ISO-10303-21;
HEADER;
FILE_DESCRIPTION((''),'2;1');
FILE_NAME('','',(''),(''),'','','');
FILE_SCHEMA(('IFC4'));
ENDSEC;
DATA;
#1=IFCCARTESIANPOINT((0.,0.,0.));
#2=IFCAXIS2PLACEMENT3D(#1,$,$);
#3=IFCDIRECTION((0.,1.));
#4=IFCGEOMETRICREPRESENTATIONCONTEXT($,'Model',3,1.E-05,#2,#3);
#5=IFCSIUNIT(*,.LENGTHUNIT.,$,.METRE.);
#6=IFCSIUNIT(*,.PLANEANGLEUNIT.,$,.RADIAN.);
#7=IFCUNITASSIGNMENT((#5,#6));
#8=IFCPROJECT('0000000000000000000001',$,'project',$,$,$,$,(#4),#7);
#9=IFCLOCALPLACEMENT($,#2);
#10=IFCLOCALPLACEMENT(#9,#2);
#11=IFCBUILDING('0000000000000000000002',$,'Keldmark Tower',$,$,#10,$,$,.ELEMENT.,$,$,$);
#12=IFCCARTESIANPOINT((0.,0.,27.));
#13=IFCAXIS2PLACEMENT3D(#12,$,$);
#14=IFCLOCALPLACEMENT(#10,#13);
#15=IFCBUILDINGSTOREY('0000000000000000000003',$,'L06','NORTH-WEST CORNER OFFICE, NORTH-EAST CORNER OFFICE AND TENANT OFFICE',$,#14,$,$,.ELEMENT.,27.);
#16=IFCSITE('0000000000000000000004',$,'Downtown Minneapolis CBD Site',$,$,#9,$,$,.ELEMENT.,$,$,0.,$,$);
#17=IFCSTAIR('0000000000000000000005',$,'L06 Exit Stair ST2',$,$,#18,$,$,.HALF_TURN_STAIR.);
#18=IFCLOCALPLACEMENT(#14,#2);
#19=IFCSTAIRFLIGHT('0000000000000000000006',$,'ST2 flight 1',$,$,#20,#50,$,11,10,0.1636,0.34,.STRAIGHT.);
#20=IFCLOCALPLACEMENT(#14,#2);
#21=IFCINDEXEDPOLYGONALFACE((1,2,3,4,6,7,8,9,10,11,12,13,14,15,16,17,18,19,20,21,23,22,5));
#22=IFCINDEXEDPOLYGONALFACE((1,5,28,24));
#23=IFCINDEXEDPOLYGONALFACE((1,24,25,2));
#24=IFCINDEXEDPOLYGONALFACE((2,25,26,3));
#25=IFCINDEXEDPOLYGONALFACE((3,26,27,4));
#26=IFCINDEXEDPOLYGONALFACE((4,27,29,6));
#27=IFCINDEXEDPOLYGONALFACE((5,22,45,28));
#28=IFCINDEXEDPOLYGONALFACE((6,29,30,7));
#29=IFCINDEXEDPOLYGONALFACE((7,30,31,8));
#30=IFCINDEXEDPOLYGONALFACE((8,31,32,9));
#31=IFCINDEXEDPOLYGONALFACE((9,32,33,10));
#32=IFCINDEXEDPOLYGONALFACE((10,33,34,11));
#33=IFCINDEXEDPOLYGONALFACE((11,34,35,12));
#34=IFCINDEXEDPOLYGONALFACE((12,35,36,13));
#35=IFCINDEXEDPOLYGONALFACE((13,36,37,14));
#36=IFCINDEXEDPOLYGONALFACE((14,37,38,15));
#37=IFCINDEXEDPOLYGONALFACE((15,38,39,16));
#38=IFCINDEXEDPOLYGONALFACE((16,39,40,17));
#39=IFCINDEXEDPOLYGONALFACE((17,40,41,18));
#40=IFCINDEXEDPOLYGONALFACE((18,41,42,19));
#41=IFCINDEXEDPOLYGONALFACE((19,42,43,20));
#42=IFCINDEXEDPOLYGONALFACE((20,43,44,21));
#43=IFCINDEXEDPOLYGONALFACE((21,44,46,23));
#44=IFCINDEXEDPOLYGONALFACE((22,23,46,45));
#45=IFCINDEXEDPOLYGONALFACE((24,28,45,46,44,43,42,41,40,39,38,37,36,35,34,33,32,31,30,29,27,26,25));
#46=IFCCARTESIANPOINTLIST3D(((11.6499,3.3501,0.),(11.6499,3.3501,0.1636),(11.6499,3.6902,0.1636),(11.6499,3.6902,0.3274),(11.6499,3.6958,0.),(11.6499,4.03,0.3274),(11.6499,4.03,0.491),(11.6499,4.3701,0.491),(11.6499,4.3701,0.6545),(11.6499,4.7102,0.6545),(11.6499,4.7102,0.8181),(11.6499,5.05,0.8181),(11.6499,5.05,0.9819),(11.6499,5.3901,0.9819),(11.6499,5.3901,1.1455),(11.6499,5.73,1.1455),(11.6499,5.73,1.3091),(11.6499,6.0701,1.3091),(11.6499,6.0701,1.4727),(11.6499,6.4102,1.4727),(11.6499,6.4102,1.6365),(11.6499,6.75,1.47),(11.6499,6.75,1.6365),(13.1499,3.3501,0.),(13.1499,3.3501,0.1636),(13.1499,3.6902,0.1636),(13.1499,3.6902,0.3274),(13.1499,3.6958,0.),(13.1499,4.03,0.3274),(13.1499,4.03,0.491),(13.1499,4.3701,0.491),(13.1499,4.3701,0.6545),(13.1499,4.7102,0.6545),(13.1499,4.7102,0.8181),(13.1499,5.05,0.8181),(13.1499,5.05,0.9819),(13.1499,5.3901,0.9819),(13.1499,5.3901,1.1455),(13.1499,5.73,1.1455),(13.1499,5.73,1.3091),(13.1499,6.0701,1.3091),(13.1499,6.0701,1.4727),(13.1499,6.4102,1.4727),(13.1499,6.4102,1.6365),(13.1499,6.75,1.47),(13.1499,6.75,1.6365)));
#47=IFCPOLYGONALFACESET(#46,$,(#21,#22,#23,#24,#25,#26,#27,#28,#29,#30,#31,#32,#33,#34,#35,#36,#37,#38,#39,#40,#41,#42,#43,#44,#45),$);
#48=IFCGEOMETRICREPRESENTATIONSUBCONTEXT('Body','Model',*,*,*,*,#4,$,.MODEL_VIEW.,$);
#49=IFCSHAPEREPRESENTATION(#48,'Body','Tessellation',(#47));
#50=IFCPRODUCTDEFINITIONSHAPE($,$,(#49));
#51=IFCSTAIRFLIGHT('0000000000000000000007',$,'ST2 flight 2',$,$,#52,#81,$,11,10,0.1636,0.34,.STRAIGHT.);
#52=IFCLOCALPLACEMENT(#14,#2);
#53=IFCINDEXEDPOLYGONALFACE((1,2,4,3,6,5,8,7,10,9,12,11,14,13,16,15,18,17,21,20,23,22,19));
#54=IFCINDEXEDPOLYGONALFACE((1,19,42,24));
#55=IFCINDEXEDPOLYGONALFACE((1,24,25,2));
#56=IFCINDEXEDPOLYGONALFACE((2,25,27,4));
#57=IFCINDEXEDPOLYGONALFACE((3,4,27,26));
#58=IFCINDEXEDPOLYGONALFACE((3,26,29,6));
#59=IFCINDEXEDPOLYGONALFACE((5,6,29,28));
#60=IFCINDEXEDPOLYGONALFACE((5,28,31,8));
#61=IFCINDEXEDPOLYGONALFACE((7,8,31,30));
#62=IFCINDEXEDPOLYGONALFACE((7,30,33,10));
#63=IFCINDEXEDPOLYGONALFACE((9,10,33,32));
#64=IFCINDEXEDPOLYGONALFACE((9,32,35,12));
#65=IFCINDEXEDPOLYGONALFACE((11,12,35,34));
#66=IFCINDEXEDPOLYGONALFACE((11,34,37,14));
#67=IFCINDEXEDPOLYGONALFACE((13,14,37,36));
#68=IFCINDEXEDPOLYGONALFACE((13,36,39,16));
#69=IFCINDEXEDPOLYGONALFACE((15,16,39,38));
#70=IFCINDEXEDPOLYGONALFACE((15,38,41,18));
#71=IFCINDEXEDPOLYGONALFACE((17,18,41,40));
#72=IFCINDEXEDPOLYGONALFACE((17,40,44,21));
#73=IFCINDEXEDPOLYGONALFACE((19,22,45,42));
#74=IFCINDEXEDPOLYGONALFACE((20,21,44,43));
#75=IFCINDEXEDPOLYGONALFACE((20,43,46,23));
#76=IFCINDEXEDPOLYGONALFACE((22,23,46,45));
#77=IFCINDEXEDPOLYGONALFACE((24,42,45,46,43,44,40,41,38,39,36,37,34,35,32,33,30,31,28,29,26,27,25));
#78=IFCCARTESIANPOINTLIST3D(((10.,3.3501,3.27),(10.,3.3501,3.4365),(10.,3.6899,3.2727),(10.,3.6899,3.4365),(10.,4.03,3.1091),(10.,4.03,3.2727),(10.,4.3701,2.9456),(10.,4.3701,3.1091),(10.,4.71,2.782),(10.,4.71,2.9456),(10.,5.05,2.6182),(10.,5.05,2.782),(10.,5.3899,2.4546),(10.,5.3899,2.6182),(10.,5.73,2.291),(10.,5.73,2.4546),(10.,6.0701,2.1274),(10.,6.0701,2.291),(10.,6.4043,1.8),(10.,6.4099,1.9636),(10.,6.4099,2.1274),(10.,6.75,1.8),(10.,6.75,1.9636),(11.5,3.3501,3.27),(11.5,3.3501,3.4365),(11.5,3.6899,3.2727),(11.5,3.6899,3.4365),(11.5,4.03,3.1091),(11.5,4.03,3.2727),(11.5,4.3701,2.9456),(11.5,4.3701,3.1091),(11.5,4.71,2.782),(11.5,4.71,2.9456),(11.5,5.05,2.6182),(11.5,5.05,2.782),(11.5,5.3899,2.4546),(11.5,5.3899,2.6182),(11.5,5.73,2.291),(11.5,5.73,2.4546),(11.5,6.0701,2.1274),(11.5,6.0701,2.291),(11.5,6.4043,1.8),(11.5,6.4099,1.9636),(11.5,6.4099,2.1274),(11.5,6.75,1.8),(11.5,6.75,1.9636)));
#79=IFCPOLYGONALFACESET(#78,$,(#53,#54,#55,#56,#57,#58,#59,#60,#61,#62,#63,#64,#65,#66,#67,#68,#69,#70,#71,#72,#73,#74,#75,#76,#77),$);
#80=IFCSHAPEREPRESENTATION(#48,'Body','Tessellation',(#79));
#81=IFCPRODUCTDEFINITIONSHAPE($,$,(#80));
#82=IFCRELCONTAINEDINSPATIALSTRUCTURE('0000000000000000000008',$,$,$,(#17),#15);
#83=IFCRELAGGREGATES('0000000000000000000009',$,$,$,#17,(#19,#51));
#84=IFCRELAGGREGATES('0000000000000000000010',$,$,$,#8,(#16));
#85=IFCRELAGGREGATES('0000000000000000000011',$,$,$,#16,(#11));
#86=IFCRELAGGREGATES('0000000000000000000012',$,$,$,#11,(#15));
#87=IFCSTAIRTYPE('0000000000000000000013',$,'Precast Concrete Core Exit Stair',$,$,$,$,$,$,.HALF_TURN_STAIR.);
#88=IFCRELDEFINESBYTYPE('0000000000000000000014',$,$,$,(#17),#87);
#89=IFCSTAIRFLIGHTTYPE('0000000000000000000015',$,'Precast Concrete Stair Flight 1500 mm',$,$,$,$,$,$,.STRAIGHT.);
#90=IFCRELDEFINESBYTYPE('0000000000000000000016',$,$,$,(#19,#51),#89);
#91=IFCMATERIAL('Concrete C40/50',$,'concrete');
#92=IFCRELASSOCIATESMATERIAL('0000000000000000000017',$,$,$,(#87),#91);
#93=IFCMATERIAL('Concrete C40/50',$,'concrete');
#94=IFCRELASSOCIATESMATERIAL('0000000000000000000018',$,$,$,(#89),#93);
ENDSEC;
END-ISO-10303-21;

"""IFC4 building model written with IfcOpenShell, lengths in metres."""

from ifc_helpers import new_model, si_unit, direction, frame, origin, place, context, subcontext, project, spatial, polyline, outline, extrude, material, type_object, element, aggregate, save


model = new_model("IFC4")

# Units and contexts
model_context = context("Model", 3, precision=1e-05, world=origin(), true_north=direction((0.0, 1.0)))
body_context = subcontext(model_context, "Body", "Model", "MODEL_VIEW")
ifc_project = project(units=[si_unit("LENGTHUNIT", "METRE"), si_unit("PLANEANGLEUNIT", "RADIAN")], contexts=[model_context])

# Site, building, storey
site_placement = place(None, origin())
site = spatial("IfcSite", under=ifc_project, at=site_placement, Name="Downtown Minneapolis CBD Site", CompositionType="ELEMENT", RefElevation=0.0)
building_placement = place(site_placement, origin())
building = spatial("IfcBuilding", under=site, at=building_placement, Name="Keldmark Tower", CompositionType="ELEMENT")
storey_placement = place(building_placement, frame((0.0, 0.0, 27.0)))
storey = spatial("IfcBuildingStorey", under=building, at=storey_placement, Name="L06", Description="NORTH-WEST CORNER OFFICE, NORTH-EAST CORNER OFFICE AND TENANT OFFICE", CompositionType="ELEMENT", Elevation=27.0)

# Stair, stair flights
ifc_material_1 = material(Name="Concrete C40/50", Category="concrete")
stair_type = type_object("IfcStairType", Name="Precast Concrete Core Exit Stair", PredefinedType="HALF_TURN_STAIR", material=ifc_material_1)
stair_placement = place(storey_placement, origin())
stair = element("IfcStair", 1, at=stair_placement, inside=storey, type_object=stair_type, Name="L06 Exit Stair ST2", PredefinedType="HALF_TURN_STAIR")
ifc_material_2 = material(Name="Concrete C40/50", Category="concrete")
stair_flight_type = type_object("IfcStairFlightType", Name="Precast Concrete Stair Flight 1500 mm", PredefinedType="STRAIGHT", material=ifc_material_2)
stair_flight_1_placement = place(storey_placement, frame((12.3999, 3.3501, 0.0), z_axis=(0.0, 0.0, 1.0), x_axis=(0.0, 1.0, 0.0)))
stair_flight_1 = element("IfcStairFlight", 2, at=stair_flight_1_placement, type_object=stair_flight_type, Name="ST2 flight 1", NumberOfRisers=11, NumberOfTreads=10, PredefinedType="STRAIGHT", RiserHeight=0.1636, TreadLength=0.34, context=body_context, shape_type="SweptSolid", body=[
    extrude(outline(polyline([(0.0, 0.0), (0.0, 0.1636), (0.3401, 0.1636), (0.3401, 0.3274), (0.6799, 0.3274), (0.6799, 0.491), (1.02, 0.491), (1.02, 0.6545), (1.3601, 0.6545), (1.3601, 0.8181), (1.7, 0.8181), (1.7, 0.9819), (2.04, 0.9819), (2.04, 1.1455), (2.3799, 1.1455), (2.3799, 1.3091), (2.72, 1.3091), (2.72, 1.4727), (3.0601, 1.4727), (3.0601, 1.6365), (3.3999, 1.6365), (3.3999, 1.8), (3.3999, 1.47), (0.3457, 0.0), (0.0, 0.0)])), frame((0.0, 0.75, 0.0), z_axis=(0.0, -1.0, 0.0), x_axis=(1.0, 0.0, 0.0)), (0.0, 0.0, 1.0), 1.5),
])
stair_flight_2_placement = place(storey_placement, frame((10.75, 6.75, 1.8), z_axis=(0.0, 0.0, 1.0), x_axis=(0.0, -1.0, 0.0)))
stair_flight_2 = element("IfcStairFlight", 3, at=stair_flight_2_placement, type_object=stair_flight_type, Name="ST2 flight 2", NumberOfRisers=11, NumberOfTreads=10, PredefinedType="STRAIGHT", RiserHeight=0.1636, TreadLength=0.34, context=body_context, shape_type="SweptSolid", body=[
    extrude(outline(polyline([(0.0, 0.0), (0.0, 0.1636), (0.3401, 0.1636), (0.3401, 0.3274), (0.6799, 0.3274), (0.6799, 0.491), (1.02, 0.491), (1.02, 0.6545), (1.3601, 0.6545), (1.3601, 0.8181), (1.7, 0.8181), (1.7, 0.9819), (2.04, 0.9819), (2.04, 1.1455), (2.3799, 1.1455), (2.3799, 1.3091), (2.72, 1.3091), (2.72, 1.4727), (3.0601, 1.4727), (3.0601, 1.6365), (3.3999, 1.6365), (3.3999, 1.8), (3.3999, 1.47), (0.3457, 0.0), (0.0, 0.0)])), frame((0.0, 0.75, 0.0), z_axis=(0.0, -1.0, 0.0), x_axis=(1.0, 0.0, 0.0)), (0.0, 0.0, 1.0), 1.5),
])
aggregate(stair, [stair_flight_1, stair_flight_2])

save(model, "model.ifc")
